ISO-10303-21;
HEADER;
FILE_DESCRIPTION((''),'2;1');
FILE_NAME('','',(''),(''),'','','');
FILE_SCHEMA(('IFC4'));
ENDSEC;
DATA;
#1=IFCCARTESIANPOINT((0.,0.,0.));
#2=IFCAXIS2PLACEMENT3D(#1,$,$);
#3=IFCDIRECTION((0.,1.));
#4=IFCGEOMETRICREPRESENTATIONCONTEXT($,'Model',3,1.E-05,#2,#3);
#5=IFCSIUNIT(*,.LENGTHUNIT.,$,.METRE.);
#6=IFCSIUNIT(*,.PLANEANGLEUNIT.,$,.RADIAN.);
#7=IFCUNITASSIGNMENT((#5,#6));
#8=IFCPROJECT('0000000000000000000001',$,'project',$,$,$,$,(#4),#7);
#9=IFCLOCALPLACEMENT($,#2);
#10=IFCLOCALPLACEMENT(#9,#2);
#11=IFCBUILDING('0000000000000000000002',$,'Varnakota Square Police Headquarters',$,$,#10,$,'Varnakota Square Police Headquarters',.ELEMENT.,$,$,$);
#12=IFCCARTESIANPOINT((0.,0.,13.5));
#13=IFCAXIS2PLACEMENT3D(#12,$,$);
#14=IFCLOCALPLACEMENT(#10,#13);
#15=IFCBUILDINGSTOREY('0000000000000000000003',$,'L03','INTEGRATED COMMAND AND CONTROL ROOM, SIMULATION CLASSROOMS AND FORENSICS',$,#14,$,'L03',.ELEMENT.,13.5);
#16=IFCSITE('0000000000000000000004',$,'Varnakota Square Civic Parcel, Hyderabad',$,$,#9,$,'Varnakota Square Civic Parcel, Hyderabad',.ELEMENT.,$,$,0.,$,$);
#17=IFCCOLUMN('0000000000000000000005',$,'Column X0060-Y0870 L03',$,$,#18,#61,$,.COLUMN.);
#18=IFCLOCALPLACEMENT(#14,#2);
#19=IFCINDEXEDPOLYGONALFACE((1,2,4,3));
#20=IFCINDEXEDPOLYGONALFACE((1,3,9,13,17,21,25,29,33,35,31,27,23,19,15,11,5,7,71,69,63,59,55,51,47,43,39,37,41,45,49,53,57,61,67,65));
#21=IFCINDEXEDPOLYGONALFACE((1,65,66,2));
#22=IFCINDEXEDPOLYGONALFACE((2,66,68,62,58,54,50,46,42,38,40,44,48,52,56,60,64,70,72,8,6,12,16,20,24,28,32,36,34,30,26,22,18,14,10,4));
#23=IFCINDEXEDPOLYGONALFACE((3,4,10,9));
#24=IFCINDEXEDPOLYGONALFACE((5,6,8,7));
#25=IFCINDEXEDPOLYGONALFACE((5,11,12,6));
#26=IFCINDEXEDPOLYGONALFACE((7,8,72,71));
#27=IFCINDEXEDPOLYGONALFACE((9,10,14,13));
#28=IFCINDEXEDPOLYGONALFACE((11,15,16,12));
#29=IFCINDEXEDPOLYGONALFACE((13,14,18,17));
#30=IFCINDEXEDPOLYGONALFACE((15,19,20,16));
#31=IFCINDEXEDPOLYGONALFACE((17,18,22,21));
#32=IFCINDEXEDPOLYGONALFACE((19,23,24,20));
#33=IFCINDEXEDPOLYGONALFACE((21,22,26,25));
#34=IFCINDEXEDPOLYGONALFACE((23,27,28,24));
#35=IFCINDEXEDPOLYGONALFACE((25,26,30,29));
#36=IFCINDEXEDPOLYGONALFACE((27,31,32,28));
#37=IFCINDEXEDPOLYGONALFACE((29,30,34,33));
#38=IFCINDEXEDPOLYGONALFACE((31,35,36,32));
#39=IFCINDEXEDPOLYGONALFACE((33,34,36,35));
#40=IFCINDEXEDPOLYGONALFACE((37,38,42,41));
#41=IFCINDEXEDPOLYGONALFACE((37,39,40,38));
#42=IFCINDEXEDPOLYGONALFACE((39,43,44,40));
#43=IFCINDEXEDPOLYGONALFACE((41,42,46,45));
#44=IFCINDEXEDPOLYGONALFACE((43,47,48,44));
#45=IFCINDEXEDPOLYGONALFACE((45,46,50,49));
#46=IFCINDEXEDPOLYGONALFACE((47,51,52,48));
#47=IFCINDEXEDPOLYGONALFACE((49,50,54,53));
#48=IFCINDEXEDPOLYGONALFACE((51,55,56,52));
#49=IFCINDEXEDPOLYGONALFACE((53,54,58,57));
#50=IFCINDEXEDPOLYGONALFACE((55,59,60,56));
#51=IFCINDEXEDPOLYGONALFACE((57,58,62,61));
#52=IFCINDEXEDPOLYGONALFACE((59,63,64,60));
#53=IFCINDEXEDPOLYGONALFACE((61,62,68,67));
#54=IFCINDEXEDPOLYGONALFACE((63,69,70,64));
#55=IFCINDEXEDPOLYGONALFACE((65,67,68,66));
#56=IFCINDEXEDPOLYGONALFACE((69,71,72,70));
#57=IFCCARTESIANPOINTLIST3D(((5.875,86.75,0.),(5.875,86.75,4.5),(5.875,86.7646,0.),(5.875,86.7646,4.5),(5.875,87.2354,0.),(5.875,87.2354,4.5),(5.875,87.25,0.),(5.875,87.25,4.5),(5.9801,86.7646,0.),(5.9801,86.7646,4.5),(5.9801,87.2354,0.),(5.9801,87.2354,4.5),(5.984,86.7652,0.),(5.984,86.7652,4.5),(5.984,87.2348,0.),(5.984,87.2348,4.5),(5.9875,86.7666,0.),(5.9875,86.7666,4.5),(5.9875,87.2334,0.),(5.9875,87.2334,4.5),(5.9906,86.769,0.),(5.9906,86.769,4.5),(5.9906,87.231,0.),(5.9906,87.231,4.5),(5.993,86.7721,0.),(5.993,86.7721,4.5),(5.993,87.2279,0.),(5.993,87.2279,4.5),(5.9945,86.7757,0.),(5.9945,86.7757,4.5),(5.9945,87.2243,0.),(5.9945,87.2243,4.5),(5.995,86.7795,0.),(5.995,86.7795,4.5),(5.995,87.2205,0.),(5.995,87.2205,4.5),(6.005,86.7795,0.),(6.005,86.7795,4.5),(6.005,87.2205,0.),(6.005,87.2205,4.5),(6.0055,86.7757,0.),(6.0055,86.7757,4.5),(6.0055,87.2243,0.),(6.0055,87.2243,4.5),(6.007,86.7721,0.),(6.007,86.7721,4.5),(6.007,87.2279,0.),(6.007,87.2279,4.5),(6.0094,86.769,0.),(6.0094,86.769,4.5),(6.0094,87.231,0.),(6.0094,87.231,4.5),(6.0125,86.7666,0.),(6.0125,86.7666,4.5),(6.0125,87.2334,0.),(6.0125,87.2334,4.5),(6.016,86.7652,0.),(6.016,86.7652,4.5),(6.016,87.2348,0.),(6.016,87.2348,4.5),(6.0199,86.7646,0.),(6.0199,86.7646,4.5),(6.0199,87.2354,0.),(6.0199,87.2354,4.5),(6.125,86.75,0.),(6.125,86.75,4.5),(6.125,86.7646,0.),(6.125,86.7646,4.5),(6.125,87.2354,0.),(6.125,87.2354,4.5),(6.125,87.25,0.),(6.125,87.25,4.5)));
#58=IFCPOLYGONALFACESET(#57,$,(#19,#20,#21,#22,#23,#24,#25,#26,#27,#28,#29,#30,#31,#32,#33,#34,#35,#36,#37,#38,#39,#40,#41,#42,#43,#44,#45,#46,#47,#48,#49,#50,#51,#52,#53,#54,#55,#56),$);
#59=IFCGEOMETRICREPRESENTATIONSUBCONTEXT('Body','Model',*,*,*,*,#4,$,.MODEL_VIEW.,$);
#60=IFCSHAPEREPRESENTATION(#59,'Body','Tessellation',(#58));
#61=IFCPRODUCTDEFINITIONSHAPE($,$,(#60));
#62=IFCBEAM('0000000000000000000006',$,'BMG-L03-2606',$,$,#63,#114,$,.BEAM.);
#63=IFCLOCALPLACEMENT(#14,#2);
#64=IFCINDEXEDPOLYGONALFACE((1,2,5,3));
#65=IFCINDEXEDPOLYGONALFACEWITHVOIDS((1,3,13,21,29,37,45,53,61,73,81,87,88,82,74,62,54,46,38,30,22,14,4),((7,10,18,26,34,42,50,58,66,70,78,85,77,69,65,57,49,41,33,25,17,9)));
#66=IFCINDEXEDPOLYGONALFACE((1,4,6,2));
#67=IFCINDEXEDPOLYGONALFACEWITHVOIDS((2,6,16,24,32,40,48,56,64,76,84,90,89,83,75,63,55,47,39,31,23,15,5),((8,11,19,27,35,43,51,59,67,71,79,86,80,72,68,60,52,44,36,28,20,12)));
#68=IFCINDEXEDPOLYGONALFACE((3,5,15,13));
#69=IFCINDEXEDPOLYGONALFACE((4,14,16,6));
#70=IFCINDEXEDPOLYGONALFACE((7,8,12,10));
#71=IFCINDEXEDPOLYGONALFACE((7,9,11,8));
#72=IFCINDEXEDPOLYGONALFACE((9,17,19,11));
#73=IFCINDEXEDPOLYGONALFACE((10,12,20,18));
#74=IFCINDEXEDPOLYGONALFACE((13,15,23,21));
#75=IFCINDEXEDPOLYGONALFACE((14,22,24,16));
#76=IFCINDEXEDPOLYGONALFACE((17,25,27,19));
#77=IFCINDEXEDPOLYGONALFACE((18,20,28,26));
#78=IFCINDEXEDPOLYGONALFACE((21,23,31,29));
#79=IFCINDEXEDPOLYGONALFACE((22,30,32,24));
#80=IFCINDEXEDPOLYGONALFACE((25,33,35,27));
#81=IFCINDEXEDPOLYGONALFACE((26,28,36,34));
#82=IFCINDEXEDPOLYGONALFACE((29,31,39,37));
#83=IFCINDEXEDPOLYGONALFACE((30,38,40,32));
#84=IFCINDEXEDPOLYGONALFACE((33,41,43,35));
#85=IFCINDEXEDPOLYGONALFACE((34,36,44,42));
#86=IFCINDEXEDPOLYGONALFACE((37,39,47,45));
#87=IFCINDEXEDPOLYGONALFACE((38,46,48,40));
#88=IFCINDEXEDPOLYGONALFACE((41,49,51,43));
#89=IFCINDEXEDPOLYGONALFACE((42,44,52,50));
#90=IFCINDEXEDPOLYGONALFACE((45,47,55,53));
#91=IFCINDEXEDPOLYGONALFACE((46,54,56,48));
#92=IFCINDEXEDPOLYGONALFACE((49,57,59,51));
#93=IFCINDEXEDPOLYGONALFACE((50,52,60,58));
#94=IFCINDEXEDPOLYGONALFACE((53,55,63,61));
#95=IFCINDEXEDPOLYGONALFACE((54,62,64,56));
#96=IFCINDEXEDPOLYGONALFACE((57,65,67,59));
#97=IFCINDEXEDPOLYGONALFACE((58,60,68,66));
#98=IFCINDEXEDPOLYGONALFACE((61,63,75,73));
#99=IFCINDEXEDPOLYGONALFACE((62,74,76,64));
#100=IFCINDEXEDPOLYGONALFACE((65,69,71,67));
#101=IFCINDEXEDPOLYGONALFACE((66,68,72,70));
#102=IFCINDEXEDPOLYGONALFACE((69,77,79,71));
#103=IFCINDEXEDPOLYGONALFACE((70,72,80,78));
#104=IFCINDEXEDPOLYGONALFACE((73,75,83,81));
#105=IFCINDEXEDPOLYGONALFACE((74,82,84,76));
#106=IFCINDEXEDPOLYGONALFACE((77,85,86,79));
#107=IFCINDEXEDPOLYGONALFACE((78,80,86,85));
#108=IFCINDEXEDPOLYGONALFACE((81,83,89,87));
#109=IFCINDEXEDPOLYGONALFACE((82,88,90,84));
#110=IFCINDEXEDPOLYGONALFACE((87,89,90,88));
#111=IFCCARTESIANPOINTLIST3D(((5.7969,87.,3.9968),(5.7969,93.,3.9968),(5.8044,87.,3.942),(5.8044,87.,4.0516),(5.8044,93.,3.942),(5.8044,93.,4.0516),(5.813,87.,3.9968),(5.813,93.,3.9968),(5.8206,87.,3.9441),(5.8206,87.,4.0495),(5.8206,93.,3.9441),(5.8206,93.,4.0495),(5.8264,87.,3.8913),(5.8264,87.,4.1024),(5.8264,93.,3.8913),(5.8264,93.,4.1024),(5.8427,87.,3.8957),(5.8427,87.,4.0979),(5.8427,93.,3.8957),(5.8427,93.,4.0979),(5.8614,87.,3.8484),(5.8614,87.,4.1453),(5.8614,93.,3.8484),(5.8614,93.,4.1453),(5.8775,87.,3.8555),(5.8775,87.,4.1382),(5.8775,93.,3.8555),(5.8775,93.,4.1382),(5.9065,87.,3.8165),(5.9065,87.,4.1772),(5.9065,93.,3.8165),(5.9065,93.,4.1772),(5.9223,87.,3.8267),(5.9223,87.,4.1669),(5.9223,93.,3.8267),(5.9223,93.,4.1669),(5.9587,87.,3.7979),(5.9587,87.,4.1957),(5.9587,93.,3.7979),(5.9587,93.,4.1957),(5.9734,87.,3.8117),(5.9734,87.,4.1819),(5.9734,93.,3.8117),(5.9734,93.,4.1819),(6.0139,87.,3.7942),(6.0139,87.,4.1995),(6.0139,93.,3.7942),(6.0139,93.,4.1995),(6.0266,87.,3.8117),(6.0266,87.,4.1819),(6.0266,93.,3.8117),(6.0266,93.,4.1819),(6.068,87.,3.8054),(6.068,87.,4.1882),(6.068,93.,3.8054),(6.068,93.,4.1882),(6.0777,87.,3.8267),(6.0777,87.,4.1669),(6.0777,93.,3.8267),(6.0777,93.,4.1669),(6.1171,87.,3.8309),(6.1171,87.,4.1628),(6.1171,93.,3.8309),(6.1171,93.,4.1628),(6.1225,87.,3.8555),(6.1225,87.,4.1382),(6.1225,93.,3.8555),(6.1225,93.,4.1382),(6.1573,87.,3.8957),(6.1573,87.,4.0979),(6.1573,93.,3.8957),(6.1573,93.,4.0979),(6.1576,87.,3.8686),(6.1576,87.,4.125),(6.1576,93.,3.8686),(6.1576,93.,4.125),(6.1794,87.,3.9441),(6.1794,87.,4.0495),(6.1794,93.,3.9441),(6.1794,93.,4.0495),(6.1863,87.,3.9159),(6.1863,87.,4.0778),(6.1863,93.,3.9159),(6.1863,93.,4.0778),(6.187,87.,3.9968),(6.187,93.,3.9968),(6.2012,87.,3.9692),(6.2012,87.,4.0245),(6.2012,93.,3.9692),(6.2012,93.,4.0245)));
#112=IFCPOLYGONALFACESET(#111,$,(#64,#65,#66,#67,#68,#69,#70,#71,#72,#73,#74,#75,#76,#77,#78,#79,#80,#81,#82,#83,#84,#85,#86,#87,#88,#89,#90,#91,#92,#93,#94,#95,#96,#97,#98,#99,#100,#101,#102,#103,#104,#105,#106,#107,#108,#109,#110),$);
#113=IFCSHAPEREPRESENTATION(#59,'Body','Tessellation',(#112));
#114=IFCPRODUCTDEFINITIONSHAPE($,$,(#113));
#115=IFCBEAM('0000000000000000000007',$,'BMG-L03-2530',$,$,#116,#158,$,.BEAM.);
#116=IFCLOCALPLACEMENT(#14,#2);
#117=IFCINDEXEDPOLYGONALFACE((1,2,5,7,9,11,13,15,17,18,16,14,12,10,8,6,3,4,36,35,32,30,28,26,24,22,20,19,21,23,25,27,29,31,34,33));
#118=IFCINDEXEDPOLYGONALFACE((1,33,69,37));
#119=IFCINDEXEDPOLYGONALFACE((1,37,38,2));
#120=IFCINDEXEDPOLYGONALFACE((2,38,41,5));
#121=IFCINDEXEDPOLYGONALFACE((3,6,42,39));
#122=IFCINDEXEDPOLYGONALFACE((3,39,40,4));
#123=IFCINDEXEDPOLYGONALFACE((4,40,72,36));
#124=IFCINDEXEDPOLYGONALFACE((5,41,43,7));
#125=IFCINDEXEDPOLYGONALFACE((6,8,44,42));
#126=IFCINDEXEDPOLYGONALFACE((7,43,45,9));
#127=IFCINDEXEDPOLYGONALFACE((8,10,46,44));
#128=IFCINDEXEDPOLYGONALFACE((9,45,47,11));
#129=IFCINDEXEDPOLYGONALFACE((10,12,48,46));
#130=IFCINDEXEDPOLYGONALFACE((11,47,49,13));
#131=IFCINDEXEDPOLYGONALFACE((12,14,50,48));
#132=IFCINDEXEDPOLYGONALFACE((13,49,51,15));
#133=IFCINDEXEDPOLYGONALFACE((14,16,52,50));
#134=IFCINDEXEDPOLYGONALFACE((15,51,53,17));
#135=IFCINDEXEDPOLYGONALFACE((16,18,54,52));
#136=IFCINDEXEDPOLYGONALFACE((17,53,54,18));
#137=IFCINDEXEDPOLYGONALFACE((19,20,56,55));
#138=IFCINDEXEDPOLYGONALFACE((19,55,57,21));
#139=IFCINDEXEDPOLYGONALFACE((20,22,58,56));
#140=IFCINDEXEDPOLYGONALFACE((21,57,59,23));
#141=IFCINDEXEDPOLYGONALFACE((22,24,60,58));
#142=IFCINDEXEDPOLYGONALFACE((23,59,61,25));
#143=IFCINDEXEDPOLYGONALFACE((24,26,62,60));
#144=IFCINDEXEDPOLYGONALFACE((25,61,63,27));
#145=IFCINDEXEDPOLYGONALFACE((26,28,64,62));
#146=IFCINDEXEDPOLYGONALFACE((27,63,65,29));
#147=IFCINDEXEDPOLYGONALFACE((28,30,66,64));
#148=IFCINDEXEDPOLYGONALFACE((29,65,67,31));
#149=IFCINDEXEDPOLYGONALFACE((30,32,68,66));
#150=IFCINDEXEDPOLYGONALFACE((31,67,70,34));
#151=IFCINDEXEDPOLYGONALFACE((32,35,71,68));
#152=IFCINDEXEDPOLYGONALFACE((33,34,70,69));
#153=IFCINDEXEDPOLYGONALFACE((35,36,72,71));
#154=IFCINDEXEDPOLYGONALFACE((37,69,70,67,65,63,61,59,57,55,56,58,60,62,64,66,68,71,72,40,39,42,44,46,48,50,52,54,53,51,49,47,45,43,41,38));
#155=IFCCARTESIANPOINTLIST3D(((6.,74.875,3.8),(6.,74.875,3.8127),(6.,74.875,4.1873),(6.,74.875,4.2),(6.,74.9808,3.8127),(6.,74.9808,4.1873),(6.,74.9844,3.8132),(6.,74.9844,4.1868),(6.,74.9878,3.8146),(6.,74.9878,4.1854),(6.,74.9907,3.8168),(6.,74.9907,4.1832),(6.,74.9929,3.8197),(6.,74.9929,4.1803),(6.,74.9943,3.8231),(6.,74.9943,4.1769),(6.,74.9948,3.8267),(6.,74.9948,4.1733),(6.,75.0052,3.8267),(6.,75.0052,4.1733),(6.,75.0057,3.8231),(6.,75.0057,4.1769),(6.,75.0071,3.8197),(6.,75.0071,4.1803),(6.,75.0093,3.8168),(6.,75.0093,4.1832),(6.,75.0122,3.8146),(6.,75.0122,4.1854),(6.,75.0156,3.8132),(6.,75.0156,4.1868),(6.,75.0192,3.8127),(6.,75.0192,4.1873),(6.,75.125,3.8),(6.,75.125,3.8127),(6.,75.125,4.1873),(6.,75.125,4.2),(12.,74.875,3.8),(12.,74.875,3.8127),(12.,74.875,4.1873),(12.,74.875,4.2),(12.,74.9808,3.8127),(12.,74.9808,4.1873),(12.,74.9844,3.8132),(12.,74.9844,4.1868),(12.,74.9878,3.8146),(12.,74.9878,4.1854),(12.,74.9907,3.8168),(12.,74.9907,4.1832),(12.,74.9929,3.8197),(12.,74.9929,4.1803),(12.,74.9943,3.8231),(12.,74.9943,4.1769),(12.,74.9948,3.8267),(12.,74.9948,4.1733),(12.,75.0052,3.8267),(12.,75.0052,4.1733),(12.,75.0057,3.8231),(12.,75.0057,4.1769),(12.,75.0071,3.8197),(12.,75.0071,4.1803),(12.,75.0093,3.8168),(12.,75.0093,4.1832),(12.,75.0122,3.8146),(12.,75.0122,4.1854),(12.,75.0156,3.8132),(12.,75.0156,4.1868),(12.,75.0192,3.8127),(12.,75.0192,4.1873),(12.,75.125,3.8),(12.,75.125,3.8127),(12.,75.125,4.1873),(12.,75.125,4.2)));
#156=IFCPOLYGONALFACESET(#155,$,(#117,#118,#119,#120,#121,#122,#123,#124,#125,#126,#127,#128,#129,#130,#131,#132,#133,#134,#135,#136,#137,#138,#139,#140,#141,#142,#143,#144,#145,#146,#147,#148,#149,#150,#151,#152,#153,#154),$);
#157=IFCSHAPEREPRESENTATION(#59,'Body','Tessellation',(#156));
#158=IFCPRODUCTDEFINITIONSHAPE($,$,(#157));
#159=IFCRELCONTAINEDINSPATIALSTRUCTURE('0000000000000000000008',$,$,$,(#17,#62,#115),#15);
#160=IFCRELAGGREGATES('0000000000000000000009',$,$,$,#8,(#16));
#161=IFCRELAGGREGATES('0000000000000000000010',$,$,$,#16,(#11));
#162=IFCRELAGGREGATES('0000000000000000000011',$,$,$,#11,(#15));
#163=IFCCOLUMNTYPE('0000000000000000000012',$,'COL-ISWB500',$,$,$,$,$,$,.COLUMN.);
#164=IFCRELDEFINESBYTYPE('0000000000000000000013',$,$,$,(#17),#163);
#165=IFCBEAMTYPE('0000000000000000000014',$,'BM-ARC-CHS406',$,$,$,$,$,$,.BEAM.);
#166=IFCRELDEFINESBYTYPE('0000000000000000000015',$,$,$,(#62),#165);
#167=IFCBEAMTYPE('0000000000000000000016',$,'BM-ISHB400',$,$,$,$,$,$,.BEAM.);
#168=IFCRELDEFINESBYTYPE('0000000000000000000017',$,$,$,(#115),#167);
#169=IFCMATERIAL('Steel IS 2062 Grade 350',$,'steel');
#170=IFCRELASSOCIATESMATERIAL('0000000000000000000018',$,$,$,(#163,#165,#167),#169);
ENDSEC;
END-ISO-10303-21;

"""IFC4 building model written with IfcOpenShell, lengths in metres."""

from ifc_helpers import new_model, si_unit, direction, frame, origin, origin_2d, place, context, subcontext, project, spatial, hollow_circle, i_section, extrude, material, material_profile, profile_set, type_object, element, save


model = new_model("IFC4")

# Units and contexts
model_context = context("Model", 3, precision=1e-05, world=origin(), true_north=direction((0.0, 1.0)))
body_context = subcontext(model_context, "Body", "Model", "MODEL_VIEW")
ifc_project = project(units=[si_unit("LENGTHUNIT", "METRE"), si_unit("PLANEANGLEUNIT", "RADIAN")], contexts=[model_context])

# Site, building, storey
site_placement = place(None, origin())
site = spatial("IfcSite", under=ifc_project, at=site_placement, Name="Varnakota Square Civic Parcel, Hyderabad", LongName="Varnakota Square Civic Parcel, Hyderabad", CompositionType="ELEMENT", RefElevation=0.0)
building_placement = place(site_placement, origin())
building = spatial("IfcBuilding", under=site, at=building_placement, Name="Varnakota Square Police Headquarters", LongName="Varnakota Square Police Headquarters", CompositionType="ELEMENT")
storey_placement = place(building_placement, frame((0.0, 0.0, 13.5)))
storey = spatial("IfcBuildingStorey", under=building, at=storey_placement, Name="L03", Description="INTEGRATED COMMAND AND CONTROL ROOM, SIMULATION CLASSROOMS AND FORENSICS", LongName="L03", CompositionType="ELEMENT", Elevation=13.5)

# Column
ifc_material_1 = material(Name="Steel IS 2062 Grade 350", Category="steel")
ifc_material_profile_1 = material_profile(ifc_material_1, i_section(OverallWidth=0.25, OverallDepth=0.5, WebThickness=0.01, FlangeThickness=0.0146, FilletRadius=0.0149, at=origin_2d()), Name="ISWB 500")
ifc_profile_set_1 = profile_set([ifc_material_profile_1], Name="Steel IS 2062 Grade 350")
column_type_1 = type_object("IfcColumnType", Name="COL-ISWB500", PredefinedType="COLUMN", material=ifc_profile_set_1)
column_placement = place(storey_placement, frame((6.0, 87.0, 0.0), z_axis=(0.0, 0.0, 1.0), x_axis=(1.0, 0.0, 0.0)))
element("IfcColumn", 1, at=column_placement, inside=storey, type_object=column_type_1, Name="Column X0060-Y0870 L03", PredefinedType="COLUMN", context=body_context, shape_type="SweptSolid", body=[
    extrude(i_section(OverallWidth=0.25, OverallDepth=0.5, WebThickness=0.01, FlangeThickness=0.0146, FilletRadius=0.0149, at=origin_2d()), origin(), (0.0, 0.0, 1.0), 4.5),
])

# Beams
ifc_material_profile_2 = material_profile(ifc_material_1, hollow_circle(Radius=0.2031, WallThickness=0.0161, at=origin_2d()), Name="CHS 406.4x16.0")
ifc_profile_set_2 = profile_set([ifc_material_profile_2], Name="Steel IS 2062 Grade 350")
beam_type_1 = type_object("IfcBeamType", Name="BM-ARC-CHS406", PredefinedType="BEAM", material=ifc_profile_set_2)
beam_1_placement = place(storey_placement, frame((6.0, 87.0, 3.9968), z_axis=(0.0, 1.0, 0.0), x_axis=(-1.0, 0.0, 0.0)))
element("IfcBeam", 2, at=beam_1_placement, inside=storey, type_object=beam_type_1, Name="BMG-L03-2606", PredefinedType="BEAM", context=body_context, shape_type="SweptSolid", body=[
    extrude(hollow_circle(Radius=0.2031, WallThickness=0.0161, at=origin_2d()), origin(), (0.0, 0.0, 1.0), 6.0),
])
ifc_material_profile_3 = material_profile(ifc_material_1, i_section(OverallWidth=0.25, OverallDepth=0.3999, WebThickness=0.0105, FlangeThickness=0.0127, FilletRadius=0.0139, at=origin_2d()), Name="ISHB 400")
ifc_profile_set_3 = profile_set([ifc_material_profile_3], Name="Steel IS 2062 Grade 350")
beam_type_2 = type_object("IfcBeamType", Name="BM-ISHB400", PredefinedType="BEAM", material=ifc_profile_set_3)
beam_2_placement = place(storey_placement, frame((6.0, 75.0, 4.0), z_axis=(1.0, 0.0, 0.0), x_axis=(0.0, 1.0, 0.0)))
element("IfcBeam", 3, at=beam_2_placement, inside=storey, type_object=beam_type_2, Name="BMG-L03-2530", PredefinedType="BEAM", context=body_context, shape_type="SweptSolid", body=[
    extrude(i_section(OverallWidth=0.25, OverallDepth=0.3999, WebThickness=0.0105, FlangeThickness=0.0127, FilletRadius=0.0139, at=origin_2d()), origin(), (0.0, 0.0, 1.0), 6.0),
])

save(model, "model.ifc")
